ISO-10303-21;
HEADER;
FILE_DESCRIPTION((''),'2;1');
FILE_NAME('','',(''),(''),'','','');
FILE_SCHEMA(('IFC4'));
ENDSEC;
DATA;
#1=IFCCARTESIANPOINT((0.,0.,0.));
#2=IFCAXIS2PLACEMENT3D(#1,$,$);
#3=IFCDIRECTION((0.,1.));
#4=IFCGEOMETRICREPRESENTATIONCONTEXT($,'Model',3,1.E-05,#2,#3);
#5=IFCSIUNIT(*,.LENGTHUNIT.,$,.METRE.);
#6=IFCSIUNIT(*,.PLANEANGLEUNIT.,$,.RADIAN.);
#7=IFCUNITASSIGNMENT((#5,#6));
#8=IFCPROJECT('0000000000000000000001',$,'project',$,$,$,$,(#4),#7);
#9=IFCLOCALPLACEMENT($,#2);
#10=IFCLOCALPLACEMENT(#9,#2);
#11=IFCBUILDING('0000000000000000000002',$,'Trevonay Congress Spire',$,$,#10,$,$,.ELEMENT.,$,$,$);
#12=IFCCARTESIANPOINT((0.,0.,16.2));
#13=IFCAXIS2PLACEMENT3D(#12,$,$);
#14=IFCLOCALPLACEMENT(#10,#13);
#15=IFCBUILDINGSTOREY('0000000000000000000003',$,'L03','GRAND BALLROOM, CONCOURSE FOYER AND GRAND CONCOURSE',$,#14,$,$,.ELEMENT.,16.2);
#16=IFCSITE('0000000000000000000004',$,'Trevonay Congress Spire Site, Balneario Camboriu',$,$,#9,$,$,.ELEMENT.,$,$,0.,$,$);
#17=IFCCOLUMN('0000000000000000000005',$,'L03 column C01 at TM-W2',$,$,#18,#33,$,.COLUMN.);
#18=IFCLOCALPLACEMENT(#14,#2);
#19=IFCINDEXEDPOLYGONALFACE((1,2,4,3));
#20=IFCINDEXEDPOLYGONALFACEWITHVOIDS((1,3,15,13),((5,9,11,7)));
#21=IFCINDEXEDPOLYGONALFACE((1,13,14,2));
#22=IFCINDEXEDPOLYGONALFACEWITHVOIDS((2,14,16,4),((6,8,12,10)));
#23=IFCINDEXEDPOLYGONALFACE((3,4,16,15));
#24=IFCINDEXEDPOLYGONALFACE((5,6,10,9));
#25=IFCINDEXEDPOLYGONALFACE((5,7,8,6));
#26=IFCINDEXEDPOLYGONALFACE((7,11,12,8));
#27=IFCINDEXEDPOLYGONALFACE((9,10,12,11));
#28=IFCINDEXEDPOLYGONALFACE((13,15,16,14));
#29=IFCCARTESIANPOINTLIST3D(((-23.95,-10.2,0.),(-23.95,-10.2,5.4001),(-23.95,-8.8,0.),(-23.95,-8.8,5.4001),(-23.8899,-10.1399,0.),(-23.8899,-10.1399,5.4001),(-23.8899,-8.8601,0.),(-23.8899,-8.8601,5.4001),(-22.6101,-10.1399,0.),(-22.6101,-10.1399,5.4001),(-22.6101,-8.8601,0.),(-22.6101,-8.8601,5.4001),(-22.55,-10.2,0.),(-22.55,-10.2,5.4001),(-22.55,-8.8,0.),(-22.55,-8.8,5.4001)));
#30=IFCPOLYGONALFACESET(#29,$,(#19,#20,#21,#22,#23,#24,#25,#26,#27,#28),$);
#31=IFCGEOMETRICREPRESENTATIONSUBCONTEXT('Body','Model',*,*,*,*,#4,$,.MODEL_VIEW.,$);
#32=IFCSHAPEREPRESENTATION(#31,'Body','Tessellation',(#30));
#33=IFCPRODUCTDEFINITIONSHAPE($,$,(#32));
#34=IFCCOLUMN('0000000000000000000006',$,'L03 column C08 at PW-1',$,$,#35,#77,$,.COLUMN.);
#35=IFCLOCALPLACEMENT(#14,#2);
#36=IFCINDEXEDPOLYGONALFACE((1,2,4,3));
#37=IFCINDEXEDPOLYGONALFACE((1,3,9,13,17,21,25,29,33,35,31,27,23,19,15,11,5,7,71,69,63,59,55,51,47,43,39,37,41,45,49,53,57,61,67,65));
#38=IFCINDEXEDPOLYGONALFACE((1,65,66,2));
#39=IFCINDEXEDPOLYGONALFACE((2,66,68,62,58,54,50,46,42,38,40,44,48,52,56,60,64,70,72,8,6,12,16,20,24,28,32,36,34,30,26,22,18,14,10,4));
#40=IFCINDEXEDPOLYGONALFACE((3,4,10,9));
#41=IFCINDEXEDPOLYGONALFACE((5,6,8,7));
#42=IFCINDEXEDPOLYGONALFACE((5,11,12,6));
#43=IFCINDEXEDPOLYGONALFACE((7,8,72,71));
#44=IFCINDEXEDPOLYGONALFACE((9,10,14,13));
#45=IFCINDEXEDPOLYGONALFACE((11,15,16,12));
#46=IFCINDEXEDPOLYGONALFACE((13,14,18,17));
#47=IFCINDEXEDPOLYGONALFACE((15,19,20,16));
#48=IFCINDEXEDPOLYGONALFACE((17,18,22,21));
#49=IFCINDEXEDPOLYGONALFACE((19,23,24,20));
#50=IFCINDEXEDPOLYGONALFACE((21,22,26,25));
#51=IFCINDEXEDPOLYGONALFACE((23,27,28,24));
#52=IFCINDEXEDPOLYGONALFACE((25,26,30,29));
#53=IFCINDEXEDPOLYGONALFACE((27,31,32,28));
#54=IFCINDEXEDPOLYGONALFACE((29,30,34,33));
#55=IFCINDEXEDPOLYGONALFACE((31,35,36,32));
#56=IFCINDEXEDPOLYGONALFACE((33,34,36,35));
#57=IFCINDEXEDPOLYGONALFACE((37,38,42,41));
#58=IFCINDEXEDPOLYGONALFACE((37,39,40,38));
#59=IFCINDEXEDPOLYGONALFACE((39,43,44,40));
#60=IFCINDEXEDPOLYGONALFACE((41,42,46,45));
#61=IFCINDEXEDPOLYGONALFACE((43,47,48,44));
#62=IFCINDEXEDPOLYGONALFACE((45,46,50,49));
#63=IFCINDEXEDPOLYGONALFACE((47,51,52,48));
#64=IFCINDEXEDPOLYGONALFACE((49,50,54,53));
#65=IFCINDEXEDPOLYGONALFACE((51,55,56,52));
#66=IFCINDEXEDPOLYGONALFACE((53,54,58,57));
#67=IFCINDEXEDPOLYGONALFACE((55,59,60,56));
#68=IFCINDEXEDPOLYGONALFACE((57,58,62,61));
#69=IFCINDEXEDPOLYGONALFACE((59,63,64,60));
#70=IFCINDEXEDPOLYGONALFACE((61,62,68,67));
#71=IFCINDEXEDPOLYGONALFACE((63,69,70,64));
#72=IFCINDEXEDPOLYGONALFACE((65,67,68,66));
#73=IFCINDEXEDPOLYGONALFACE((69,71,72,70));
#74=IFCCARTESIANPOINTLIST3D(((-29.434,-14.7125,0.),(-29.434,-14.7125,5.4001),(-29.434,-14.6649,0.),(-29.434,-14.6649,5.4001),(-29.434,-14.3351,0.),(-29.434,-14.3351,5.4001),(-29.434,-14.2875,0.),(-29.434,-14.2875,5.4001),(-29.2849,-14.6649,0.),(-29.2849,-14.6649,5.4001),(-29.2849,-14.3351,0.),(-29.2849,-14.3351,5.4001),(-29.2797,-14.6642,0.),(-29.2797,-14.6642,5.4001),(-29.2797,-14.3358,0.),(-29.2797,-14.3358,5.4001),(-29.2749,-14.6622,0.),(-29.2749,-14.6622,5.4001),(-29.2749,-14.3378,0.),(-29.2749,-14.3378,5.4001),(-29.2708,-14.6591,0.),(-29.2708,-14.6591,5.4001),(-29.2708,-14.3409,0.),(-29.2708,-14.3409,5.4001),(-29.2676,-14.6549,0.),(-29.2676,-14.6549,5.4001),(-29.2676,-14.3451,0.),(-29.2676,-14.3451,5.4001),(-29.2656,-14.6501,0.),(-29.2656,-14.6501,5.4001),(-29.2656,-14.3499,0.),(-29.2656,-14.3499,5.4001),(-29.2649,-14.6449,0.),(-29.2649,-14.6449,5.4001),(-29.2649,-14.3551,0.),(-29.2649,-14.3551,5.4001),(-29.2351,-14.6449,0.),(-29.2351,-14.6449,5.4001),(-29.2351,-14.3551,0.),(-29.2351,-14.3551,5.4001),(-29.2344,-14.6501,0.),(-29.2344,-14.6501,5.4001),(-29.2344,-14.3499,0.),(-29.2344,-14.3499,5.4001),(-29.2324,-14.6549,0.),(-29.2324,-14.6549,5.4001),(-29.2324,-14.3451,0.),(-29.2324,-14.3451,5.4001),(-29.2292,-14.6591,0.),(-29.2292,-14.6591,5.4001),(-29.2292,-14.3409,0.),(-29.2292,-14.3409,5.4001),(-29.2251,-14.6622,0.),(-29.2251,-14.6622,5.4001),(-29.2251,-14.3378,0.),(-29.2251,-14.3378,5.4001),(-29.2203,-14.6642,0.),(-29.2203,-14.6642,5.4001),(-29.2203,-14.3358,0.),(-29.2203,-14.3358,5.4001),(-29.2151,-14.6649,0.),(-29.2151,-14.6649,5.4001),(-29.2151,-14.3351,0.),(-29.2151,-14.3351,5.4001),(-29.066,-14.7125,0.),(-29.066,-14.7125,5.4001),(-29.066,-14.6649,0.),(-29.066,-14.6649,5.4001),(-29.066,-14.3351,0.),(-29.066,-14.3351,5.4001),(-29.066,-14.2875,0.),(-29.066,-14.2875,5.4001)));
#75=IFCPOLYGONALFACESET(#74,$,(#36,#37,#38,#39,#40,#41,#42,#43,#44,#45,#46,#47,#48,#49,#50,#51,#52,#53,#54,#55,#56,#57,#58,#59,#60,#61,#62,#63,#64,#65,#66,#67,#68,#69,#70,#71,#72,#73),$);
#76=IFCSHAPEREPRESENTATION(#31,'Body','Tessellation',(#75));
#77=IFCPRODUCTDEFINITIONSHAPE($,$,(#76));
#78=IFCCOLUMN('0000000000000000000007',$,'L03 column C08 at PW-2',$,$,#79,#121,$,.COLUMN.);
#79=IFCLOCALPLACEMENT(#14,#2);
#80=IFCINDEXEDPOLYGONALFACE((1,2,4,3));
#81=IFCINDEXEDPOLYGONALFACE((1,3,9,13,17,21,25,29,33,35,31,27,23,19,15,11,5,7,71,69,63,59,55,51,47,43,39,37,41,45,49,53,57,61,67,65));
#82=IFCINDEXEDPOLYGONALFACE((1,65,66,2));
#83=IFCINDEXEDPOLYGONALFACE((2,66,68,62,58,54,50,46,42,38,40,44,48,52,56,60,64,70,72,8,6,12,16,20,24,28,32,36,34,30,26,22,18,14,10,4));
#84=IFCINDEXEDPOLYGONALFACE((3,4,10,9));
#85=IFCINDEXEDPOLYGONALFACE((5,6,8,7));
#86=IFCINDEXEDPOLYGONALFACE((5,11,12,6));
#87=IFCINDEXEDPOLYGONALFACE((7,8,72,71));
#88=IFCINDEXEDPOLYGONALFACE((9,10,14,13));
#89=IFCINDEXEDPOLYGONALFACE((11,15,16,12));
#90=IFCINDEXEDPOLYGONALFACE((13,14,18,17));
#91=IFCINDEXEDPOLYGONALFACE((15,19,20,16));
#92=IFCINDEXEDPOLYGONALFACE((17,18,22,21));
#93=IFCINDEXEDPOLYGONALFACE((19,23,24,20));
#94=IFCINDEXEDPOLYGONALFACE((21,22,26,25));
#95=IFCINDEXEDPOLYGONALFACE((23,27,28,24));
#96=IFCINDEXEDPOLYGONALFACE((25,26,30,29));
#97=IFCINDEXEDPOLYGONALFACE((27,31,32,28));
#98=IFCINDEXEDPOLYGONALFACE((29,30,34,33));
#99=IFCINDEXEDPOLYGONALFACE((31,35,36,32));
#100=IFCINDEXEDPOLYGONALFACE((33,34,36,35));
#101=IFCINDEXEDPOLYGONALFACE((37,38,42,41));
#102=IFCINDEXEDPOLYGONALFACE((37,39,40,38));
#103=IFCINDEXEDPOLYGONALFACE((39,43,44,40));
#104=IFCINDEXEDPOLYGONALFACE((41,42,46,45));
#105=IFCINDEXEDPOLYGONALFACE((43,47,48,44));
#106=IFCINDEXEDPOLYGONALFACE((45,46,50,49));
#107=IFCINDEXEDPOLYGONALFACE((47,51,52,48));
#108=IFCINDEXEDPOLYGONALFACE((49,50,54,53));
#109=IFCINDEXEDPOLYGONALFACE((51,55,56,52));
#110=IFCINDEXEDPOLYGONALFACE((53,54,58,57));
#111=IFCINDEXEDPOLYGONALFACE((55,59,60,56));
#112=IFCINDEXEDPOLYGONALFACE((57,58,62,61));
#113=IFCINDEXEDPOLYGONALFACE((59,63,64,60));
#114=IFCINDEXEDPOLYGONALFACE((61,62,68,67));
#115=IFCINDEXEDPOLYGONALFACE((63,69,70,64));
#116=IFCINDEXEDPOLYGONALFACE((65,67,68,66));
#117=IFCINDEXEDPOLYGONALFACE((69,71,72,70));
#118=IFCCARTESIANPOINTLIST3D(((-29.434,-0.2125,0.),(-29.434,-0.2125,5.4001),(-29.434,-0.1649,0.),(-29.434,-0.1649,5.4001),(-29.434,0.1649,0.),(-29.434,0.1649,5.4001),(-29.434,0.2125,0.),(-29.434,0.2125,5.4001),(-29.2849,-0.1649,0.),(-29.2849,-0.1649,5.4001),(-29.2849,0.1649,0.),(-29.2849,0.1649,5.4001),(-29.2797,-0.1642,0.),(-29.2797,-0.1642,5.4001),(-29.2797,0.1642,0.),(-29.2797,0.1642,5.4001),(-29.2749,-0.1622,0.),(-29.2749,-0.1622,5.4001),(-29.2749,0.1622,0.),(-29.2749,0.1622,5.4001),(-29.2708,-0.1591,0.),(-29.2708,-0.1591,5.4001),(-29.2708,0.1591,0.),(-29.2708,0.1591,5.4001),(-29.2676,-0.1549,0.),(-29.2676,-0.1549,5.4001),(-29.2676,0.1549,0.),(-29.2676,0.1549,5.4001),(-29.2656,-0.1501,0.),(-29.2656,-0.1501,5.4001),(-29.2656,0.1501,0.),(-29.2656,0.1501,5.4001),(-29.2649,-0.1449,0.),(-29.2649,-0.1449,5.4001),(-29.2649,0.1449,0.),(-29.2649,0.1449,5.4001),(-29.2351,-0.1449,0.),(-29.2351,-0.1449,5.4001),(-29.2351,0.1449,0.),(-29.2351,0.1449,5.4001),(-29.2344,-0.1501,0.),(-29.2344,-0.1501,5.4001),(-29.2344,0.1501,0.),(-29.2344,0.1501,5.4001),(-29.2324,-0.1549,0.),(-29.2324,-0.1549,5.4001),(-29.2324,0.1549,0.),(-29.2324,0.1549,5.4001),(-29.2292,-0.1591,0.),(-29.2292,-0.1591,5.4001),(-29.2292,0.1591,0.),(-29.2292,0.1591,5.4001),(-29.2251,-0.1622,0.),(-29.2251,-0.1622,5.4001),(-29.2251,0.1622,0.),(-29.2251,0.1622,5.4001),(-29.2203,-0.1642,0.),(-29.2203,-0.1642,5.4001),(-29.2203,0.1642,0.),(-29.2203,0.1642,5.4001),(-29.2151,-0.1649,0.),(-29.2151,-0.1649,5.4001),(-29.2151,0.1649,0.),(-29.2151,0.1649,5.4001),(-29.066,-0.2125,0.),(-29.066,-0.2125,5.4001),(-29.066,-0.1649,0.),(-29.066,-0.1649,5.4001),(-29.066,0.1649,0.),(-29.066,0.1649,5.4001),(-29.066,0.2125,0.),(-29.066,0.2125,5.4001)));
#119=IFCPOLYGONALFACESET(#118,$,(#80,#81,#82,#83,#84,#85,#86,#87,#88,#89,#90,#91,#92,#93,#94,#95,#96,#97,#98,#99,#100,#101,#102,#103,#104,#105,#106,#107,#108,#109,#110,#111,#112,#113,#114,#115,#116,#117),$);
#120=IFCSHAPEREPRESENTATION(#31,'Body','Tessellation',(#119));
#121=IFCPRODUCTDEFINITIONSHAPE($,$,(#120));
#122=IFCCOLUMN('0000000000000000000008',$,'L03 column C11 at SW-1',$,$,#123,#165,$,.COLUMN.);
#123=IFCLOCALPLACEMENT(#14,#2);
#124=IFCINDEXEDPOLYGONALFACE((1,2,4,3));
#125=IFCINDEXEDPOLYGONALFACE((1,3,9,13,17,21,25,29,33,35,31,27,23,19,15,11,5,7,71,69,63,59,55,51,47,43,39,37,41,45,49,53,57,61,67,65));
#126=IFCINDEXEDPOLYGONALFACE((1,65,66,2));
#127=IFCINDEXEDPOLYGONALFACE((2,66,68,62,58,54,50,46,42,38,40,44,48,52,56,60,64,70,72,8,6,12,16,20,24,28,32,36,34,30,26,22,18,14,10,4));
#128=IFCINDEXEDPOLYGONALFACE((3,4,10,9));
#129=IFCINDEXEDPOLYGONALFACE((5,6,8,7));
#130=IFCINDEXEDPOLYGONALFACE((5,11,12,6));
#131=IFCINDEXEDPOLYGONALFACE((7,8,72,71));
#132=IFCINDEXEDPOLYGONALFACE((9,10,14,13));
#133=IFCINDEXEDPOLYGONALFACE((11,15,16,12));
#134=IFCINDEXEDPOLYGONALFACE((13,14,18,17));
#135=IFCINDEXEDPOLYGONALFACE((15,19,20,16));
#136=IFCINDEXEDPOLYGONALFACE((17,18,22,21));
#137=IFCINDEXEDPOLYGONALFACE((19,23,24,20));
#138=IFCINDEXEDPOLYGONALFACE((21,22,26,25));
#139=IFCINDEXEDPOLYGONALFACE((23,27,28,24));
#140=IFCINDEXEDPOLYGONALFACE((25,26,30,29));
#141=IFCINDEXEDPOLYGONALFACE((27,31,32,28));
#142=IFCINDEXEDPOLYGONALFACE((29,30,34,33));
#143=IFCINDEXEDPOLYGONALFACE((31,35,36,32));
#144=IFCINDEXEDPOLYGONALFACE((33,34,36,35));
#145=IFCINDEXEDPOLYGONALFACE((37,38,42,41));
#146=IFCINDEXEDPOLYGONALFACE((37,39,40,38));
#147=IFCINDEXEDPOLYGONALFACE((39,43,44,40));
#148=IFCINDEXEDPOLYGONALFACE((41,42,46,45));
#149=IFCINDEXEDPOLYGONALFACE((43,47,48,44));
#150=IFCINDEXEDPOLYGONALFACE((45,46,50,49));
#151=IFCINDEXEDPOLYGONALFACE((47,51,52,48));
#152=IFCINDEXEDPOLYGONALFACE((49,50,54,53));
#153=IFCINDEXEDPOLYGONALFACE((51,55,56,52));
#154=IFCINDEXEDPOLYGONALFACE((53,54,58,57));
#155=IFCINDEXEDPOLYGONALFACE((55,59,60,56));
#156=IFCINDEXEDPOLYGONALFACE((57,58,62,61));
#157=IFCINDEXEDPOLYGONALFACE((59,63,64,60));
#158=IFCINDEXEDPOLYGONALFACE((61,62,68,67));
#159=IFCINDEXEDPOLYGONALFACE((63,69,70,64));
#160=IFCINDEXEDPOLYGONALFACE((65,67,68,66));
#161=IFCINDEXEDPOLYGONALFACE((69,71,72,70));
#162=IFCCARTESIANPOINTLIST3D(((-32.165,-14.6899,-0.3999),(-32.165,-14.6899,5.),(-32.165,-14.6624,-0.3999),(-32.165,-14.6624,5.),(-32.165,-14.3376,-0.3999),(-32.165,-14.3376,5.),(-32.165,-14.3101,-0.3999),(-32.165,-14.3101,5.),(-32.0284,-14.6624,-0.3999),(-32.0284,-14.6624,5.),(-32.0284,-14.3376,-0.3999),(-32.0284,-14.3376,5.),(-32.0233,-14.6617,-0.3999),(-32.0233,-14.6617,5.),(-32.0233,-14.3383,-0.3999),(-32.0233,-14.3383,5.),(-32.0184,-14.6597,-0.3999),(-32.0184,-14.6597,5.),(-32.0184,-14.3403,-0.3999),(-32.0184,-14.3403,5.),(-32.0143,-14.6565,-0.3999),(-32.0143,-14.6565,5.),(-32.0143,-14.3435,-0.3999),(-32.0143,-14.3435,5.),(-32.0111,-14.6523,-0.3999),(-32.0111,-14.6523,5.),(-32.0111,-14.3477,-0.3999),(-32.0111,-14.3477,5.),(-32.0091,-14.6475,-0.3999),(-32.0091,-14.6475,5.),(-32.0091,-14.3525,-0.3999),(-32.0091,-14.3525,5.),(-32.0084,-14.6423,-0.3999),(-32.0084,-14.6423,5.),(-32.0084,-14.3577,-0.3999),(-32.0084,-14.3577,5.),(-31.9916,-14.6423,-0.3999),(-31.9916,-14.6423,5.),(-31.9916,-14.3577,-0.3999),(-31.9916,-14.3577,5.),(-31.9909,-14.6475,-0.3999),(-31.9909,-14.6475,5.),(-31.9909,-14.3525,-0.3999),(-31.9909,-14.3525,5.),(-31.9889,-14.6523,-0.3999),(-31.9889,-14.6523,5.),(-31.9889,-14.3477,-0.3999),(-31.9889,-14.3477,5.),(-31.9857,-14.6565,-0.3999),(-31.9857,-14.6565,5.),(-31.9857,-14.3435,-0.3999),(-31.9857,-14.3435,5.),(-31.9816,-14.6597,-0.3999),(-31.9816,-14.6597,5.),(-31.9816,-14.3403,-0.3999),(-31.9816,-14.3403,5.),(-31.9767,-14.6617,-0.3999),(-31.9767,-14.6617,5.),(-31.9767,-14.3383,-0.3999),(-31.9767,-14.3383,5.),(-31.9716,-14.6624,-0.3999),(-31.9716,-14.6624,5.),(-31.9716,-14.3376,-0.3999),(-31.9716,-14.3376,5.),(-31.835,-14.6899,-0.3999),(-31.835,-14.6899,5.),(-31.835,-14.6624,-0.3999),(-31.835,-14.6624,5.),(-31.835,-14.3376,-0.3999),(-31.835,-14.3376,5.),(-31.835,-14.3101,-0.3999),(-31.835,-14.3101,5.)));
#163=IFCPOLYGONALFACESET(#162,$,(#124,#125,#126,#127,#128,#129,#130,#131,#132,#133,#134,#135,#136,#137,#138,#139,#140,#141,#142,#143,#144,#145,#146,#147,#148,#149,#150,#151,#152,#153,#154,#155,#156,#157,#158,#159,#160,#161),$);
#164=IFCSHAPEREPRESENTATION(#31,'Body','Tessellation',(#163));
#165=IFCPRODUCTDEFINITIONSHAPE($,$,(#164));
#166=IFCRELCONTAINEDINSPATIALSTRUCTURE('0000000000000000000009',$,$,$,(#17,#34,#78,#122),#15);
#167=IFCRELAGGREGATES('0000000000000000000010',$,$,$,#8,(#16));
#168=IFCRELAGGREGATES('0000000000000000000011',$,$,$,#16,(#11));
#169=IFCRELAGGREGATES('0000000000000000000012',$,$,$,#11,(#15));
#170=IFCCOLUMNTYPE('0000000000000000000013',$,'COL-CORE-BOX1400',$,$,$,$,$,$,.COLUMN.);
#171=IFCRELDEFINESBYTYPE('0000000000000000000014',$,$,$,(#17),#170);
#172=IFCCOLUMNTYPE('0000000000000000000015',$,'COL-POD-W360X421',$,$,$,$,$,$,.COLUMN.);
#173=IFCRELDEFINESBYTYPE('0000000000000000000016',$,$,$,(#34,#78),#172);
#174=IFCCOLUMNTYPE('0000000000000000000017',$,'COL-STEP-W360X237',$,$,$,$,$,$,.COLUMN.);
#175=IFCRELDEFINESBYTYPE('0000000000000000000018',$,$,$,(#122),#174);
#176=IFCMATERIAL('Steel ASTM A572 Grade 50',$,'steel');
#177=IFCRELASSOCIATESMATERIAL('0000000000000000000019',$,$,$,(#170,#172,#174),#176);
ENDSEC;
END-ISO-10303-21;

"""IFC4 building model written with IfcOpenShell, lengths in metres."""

from ifc_helpers import new_model, si_unit, direction, frame, origin, origin_2d, place, context, subcontext, project, spatial, hollow_rectangle, i_section, extrude, material, material_profile, profile_set, type_object, element, save


model = new_model("IFC4")

# Units and contexts
model_context = context("Model", 3, precision=1e-05, world=origin(), true_north=direction((0.0, 1.0)))
body_context = subcontext(model_context, "Body", "Model", "MODEL_VIEW")
ifc_project = project(units=[si_unit("LENGTHUNIT", "METRE"), si_unit("PLANEANGLEUNIT", "RADIAN")], contexts=[model_context])

# Site, building, storey
site_placement = place(None, origin())
site = spatial("IfcSite", under=ifc_project, at=site_placement, Name="Trevonay Congress Spire Site, Balneario Camboriu", CompositionType="ELEMENT", RefElevation=0.0)
building_placement = place(site_placement, origin())
building = spatial("IfcBuilding", under=site, at=building_placement, Name="Trevonay Congress Spire", CompositionType="ELEMENT")
storey_placement = place(building_placement, frame((0.0, 0.0, 16.2)))
storey = spatial("IfcBuildingStorey", under=building, at=storey_placement, Name="L03", Description="GRAND BALLROOM, CONCOURSE FOYER AND GRAND CONCOURSE", CompositionType="ELEMENT", Elevation=16.2)

# Columns
ifc_material_1 = material(Name="Steel ASTM A572 Grade 50", Category="steel")
ifc_material_profile_1 = material_profile(ifc_material_1, hollow_rectangle(XDim=1.3999, YDim=1.3999, WallThickness=0.0601, at=origin_2d()), Name="BOX 1400x1400x60")
ifc_profile_set_1 = profile_set([ifc_material_profile_1], Name="Steel ASTM A572 Grade 50")
column_type_1 = type_object("IfcColumnType", Name="COL-CORE-BOX1400", PredefinedType="COLUMN", material=ifc_profile_set_1)
column_placement = place(storey_placement, frame((-23.25, -9.5, 0.0), z_axis=(0.0, 0.0, 1.0), x_axis=(1.0, 0.0, 0.0)))
element("IfcColumn", 1, at=column_placement, inside=storey, type_object=column_type_1, Name="L03 column C01 at TM-W2", PredefinedType="COLUMN", context=body_context, shape_type="SweptSolid", body=[
    extrude(hollow_rectangle(XDim=1.3999, YDim=1.3999, WallThickness=0.0601, at=origin_2d()), origin(), (0.0, 0.0, 1.0), 5.4001),
])
ifc_material_profile_2 = material_profile(ifc_material_1, i_section(OverallWidth=0.3679, OverallDepth=0.425, WebThickness=0.0298, FlangeThickness=0.0476, FilletRadius=0.02, at=origin_2d()), Name="W360x421")
ifc_profile_set_2 = profile_set([ifc_material_profile_2], Name="Steel ASTM A572 Grade 50")
column_type_2 = type_object("IfcColumnType", Name="COL-POD-W360X421", PredefinedType="COLUMN", material=ifc_profile_set_2)
for number, where, z_axis, x_axis, name in (
    (2, (-29.25, -14.5, 0.0), (0.0, 0.0, 1.0), (1.0, 0.0, 0.0), "L03 column C08 at PW-1"),
    (3, (-29.25, 0.0, 0.0), (0.0, 0.0, 1.0), (1.0, 0.0, 0.0), "L03 column C08 at PW-2"),
):
    element("IfcColumn", number, at=place(storey_placement, frame(where, z_axis=z_axis, x_axis=x_axis)), inside=storey, type_object=column_type_2, Name=name, PredefinedType="COLUMN", context=body_context, shape_type="SweptSolid", body=[
        extrude(i_section(OverallWidth=0.3679, OverallDepth=0.425, WebThickness=0.0298, FlangeThickness=0.0476, FilletRadius=0.02, at=origin_2d()), origin(), (0.0, 0.0, 1.0), 5.4001),
    ])
ifc_material_profile_3 = material_profile(ifc_material_1, i_section(OverallWidth=0.3301, OverallDepth=0.3799, WebThickness=0.0168, FlangeThickness=0.0276, FilletRadius=0.02, at=origin_2d()), Name="W360x237")
ifc_profile_set_3 = profile_set([ifc_material_profile_3], Name="Steel ASTM A572 Grade 50")
column_type_3 = type_object("IfcColumnType", Name="COL-STEP-W360X237", PredefinedType="COLUMN", material=ifc_profile_set_3)
for number, where, z_axis, x_axis, name in (
    (4, (-32.0, -14.5, -0.3999), (0.0, 0.0, 1.0), (1.0, 0.0, 0.0), "L03 column C11 at SW-1"),
):
    element("IfcColumn", number, at=place(storey_placement, frame(where, z_axis=z_axis, x_axis=x_axis)), inside=storey, type_object=column_type_3, Name=name, PredefinedType="COLUMN", context=body_context, shape_type="SweptSolid", body=[
        extrude(i_section(OverallWidth=0.3301, OverallDepth=0.3799, WebThickness=0.0168, FlangeThickness=0.0276, FilletRadius=0.02, at=origin_2d()), origin(), (0.0, 0.0, 1.0), 5.3999),
    ])

save(model, "model.ifc")
